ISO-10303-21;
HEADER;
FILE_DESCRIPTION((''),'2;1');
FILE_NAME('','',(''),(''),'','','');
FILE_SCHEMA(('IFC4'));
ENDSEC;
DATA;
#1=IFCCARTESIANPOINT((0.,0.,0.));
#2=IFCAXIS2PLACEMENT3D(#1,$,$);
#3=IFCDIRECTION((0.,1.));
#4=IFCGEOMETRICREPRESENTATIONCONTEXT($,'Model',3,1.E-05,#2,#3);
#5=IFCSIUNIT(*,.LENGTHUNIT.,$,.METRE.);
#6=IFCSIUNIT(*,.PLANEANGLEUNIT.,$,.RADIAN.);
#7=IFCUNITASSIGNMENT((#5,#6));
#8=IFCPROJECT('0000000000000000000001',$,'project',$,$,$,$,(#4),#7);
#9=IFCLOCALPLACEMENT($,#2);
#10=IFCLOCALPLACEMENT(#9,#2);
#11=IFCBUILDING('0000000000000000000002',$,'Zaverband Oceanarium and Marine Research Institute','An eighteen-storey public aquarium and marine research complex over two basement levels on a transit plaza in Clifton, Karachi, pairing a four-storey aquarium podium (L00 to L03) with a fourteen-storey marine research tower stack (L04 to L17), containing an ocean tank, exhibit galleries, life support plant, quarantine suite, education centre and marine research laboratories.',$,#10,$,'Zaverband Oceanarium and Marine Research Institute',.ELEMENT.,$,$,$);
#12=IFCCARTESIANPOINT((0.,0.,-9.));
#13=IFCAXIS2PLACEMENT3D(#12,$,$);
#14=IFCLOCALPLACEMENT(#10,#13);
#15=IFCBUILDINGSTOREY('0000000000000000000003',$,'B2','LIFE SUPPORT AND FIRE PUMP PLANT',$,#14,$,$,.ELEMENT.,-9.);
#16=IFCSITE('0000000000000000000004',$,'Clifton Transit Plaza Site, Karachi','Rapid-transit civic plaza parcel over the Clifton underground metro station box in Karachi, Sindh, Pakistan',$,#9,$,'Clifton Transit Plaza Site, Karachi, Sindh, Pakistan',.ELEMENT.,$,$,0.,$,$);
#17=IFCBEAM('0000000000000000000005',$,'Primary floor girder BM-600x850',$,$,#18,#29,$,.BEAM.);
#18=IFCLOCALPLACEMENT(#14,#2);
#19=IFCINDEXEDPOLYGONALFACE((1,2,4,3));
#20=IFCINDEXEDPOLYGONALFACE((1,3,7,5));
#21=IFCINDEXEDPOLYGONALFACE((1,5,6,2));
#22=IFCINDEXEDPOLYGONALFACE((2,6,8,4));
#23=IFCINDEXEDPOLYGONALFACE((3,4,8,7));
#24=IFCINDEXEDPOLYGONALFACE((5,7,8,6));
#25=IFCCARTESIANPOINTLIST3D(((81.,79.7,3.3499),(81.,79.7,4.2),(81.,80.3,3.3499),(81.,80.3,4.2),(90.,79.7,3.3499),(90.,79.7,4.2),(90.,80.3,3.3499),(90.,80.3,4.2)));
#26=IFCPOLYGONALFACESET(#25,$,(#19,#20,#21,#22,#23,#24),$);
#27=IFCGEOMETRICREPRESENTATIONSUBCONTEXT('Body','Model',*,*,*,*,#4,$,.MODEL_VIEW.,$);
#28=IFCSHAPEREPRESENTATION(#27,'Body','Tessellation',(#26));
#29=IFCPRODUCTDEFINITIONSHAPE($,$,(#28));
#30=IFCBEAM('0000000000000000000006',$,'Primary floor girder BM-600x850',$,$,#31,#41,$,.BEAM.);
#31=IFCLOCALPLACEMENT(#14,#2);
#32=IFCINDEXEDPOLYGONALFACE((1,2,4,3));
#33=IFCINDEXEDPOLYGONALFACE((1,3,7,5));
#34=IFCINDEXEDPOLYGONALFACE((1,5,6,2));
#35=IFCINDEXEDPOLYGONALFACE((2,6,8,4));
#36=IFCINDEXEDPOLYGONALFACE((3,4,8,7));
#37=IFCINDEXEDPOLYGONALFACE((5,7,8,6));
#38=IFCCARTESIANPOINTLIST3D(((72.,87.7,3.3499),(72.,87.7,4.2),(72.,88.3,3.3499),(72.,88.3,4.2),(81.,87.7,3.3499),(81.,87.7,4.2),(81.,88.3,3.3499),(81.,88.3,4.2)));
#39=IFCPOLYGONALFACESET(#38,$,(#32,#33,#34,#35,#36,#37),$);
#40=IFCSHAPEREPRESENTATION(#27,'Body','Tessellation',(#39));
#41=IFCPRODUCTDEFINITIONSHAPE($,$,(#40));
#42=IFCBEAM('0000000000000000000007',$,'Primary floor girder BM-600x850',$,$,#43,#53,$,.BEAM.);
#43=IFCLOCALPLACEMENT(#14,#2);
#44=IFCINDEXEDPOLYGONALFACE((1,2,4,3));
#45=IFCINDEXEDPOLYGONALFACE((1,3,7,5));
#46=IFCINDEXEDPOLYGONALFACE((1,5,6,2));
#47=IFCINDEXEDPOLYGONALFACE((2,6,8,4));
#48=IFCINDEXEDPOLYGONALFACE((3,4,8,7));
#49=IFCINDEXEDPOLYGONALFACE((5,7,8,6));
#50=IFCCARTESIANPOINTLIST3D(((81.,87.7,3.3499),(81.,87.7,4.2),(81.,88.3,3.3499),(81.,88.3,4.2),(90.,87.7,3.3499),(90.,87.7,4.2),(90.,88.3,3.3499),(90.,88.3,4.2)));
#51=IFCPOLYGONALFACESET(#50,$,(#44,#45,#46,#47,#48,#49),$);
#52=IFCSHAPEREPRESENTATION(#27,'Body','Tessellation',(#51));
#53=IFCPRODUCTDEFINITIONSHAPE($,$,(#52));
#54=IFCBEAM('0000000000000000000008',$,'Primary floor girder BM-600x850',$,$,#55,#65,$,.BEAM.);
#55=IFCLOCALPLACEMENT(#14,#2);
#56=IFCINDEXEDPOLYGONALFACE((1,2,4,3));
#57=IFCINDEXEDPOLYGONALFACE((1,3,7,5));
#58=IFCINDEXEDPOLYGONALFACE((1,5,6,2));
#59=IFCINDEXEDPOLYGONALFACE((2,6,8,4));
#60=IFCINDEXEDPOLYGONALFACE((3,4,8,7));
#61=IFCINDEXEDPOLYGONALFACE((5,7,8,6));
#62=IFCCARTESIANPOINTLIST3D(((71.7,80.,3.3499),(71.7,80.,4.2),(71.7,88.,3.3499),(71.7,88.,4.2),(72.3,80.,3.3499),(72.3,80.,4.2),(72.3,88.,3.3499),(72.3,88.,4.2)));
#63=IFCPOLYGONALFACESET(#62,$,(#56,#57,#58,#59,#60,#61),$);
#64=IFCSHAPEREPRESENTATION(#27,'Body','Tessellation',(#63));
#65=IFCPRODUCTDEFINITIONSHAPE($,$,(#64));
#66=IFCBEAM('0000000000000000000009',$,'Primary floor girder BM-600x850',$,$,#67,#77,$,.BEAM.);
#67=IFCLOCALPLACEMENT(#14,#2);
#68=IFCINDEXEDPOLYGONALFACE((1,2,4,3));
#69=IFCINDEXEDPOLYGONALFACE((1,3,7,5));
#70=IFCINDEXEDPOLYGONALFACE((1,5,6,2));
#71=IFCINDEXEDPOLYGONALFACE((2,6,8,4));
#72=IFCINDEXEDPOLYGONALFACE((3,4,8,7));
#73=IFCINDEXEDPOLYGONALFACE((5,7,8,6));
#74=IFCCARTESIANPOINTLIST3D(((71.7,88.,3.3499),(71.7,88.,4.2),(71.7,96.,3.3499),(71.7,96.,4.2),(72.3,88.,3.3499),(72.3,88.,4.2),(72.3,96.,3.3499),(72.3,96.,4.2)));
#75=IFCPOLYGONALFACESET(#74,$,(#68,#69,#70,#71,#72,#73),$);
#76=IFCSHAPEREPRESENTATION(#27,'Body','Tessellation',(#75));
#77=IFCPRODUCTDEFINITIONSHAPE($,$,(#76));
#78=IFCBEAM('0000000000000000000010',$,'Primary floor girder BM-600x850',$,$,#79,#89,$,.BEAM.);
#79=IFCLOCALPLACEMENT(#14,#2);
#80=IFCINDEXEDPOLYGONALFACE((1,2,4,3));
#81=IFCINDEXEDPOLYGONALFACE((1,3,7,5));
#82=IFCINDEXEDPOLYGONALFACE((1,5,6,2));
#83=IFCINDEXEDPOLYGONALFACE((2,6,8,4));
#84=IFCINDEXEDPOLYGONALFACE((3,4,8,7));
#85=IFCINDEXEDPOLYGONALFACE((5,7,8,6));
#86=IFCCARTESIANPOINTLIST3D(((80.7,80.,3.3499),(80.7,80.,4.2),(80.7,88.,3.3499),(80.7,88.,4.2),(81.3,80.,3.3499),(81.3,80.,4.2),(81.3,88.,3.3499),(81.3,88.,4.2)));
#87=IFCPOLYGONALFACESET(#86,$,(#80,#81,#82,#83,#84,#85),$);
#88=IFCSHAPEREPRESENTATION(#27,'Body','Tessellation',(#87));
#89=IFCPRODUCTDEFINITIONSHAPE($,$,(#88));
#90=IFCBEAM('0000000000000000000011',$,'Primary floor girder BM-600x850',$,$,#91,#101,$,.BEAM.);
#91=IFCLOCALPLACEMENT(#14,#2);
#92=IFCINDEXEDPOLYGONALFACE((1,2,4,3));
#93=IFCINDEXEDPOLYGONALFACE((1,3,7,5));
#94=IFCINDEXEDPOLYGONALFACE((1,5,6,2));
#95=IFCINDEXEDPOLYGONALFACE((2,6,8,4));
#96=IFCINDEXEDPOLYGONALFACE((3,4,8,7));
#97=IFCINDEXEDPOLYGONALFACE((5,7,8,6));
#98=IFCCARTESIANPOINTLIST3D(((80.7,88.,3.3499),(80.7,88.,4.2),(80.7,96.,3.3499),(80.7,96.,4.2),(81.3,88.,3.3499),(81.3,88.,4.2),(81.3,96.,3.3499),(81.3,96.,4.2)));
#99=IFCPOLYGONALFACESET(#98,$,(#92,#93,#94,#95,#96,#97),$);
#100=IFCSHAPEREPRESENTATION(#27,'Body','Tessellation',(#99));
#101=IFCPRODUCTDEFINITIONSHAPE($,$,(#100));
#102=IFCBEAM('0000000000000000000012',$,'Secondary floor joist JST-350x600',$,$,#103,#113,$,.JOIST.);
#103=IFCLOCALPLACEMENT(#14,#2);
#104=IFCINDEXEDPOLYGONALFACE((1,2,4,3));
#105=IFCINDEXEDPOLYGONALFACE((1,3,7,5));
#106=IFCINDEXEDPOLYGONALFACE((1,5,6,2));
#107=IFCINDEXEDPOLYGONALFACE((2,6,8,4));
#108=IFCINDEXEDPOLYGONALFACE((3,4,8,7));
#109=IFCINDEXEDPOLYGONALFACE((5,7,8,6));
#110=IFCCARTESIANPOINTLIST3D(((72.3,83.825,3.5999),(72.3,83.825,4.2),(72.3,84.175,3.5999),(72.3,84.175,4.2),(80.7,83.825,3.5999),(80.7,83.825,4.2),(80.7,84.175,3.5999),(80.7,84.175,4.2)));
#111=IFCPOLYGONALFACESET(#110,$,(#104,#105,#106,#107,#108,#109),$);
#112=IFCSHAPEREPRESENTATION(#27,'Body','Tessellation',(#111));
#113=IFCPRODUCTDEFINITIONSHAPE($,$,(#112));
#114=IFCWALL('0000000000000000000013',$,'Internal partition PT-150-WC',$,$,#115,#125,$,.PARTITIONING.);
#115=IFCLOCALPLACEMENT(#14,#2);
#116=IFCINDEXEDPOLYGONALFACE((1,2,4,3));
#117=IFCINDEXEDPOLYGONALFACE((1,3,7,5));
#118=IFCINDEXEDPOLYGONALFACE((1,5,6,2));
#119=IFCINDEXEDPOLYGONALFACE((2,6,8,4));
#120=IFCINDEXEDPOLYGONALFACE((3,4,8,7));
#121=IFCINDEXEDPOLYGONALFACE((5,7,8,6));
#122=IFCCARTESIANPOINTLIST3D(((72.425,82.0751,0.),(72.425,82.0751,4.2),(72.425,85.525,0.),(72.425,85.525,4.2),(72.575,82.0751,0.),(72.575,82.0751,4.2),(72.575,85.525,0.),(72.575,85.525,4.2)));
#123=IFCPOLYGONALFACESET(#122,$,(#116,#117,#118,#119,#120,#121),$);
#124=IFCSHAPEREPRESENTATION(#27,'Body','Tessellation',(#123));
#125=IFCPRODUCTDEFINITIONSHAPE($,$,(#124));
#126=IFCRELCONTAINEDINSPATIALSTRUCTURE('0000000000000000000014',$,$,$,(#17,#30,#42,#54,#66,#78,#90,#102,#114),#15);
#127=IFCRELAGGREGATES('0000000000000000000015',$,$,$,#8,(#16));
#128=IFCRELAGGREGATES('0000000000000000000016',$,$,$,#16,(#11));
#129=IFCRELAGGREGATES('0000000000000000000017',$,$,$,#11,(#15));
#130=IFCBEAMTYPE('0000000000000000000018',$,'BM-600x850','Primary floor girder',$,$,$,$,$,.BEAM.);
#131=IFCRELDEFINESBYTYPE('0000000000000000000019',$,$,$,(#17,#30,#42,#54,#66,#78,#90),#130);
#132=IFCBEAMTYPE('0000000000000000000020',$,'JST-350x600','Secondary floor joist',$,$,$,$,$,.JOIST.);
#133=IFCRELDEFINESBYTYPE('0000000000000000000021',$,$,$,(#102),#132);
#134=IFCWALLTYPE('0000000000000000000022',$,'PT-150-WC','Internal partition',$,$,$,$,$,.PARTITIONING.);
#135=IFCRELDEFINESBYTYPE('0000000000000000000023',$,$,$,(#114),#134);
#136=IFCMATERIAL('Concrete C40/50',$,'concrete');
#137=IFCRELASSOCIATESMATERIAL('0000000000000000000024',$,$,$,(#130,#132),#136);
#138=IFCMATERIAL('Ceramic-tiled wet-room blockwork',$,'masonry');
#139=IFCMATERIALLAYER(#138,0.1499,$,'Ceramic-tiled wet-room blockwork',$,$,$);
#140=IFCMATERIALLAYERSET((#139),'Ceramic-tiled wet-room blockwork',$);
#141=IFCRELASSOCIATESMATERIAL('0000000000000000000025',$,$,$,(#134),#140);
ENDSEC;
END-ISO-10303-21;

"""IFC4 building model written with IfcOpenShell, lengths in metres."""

from ifc_helpers import new_model, si_unit, direction, frame, frame_2d, origin, origin_2d, place, context, subcontext, project, spatial, rectangle, extrude, material, layer, layer_set, material_profile, profile_set, type_object, element, save


model = new_model("IFC4")

# Units and contexts
model_context = context("Model", 3, precision=1e-05, world=origin(), true_north=direction((0.0, 1.0)))
body_context = subcontext(model_context, "Body", "Model", "MODEL_VIEW")
ifc_project = project(units=[si_unit("LENGTHUNIT", "METRE"), si_unit("PLANEANGLEUNIT", "RADIAN")], contexts=[model_context])

# Site, building, storey
site_placement = place(None, origin())
site = spatial("IfcSite", under=ifc_project, at=site_placement, Name="Clifton Transit Plaza Site, Karachi", Description="Rapid-transit civic plaza parcel over the Clifton underground metro station box in Karachi, Sindh, Pakistan", LongName="Clifton Transit Plaza Site, Karachi, Sindh, Pakistan", CompositionType="ELEMENT", RefElevation=0.0)
building_placement = place(site_placement, origin())
building = spatial("IfcBuilding", under=site, at=building_placement, Name="Zaverband Oceanarium and Marine Research Institute", Description="An eighteen-storey public aquarium and marine research complex over two basement levels on a transit plaza in Clifton, Karachi, pairing a four-storey aquarium podium (L00 to L03) with a fourteen-storey marine research tower stack (L04 to L17), containing an ocean tank, exhibit galleries, life support plant, quarantine suite, education centre and marine research laboratories.", LongName="Zaverband Oceanarium and Marine Research Institute", CompositionType="ELEMENT")
storey_placement = place(building_placement, frame((0.0, 0.0, -9.0)))
storey = spatial("IfcBuildingStorey", under=building, at=storey_placement, Name="B2", Description="LIFE SUPPORT AND FIRE PUMP PLANT", CompositionType="ELEMENT", Elevation=-9.0)

# Beams
ifc_material_1 = material(Name="Concrete C40/50", Category="concrete")
ifc_material_profile_1 = material_profile(ifc_material_1, rectangle(XDim=0.6001, YDim=0.8501, at=origin_2d()), Name="RC600x850")
ifc_profile_set_1 = profile_set([ifc_material_profile_1], Name="Concrete C40/50")
beam_type_1 = type_object("IfcBeamType", Name="BM-600x850", Description="Primary floor girder", PredefinedType="BEAM", material=ifc_profile_set_1)
for number, where, z_axis, x_axis, name in (
    (1, (81.0, 80.0, 3.7749), (1.0, 0.0, 0.0), (0.0, 1.0, 0.0), "Primary floor girder BM-600x850"),
    (2, (72.0, 88.0, 3.7749), (1.0, 0.0, 0.0), (0.0, 1.0, 0.0), "Primary floor girder BM-600x850"),
    (3, (81.0, 88.0, 3.7749), (1.0, 0.0, 0.0), (0.0, 1.0, 0.0), "Primary floor girder BM-600x850"),
):
    element("IfcBeam", number, at=place(storey_placement, frame(where, z_axis=z_axis, x_axis=x_axis)), inside=storey, type_object=beam_type_1, Name=name, PredefinedType="BEAM", context=body_context, shape_type="SweptSolid", body=[
        extrude(rectangle(XDim=0.6001, YDim=0.8501, at=origin_2d()), origin(), (0.0, 0.0, 1.0), 9.0),
    ])
for number, where, z_axis, x_axis, name in (
    (4, (72.0, 80.0, 3.7749), (0.0, 1.0, 0.0), (-1.0, 0.0, 0.0), "Primary floor girder BM-600x850"),
    (5, (72.0, 88.0, 3.7749), (0.0, 1.0, 0.0), (-1.0, 0.0, 0.0), "Primary floor girder BM-600x850"),
    (6, (81.0, 80.0, 3.7749), (0.0, 1.0, 0.0), (-1.0, 0.0, 0.0), "Primary floor girder BM-600x850"),
    (7, (81.0, 88.0, 3.7749), (0.0, 1.0, 0.0), (-1.0, 0.0, 0.0), "Primary floor girder BM-600x850"),
):
    element("IfcBeam", number, at=place(storey_placement, frame(where, z_axis=z_axis, x_axis=x_axis)), inside=storey, type_object=beam_type_1, Name=name, PredefinedType="BEAM", context=body_context, shape_type="SweptSolid", body=[
        extrude(rectangle(XDim=0.6001, YDim=0.8501, at=origin_2d()), origin(), (0.0, 0.0, 1.0), 8.0),
    ])
ifc_material_profile_2 = material_profile(ifc_material_1, rectangle(XDim=0.3501, YDim=0.6001, at=origin_2d()), Name="RC350x600")
ifc_profile_set_2 = profile_set([ifc_material_profile_2], Name="Concrete C40/50")
beam_type_2 = type_object("IfcBeamType", Name="JST-350x600", Description="Secondary floor joist", PredefinedType="JOIST", material=ifc_profile_set_2)
beam_placement = place(storey_placement, frame((72.3, 84.0, 3.8999), z_axis=(1.0, 0.0, 0.0), x_axis=(0.0, 1.0, 0.0)))
element("IfcBeam", 8, at=beam_placement, inside=storey, type_object=beam_type_2, Name="Secondary floor joist JST-350x600", PredefinedType="JOIST", context=body_context, shape_type="SweptSolid", body=[
    extrude(rectangle(XDim=0.3501, YDim=0.6001, at=origin_2d()), origin(), (0.0, 0.0, 1.0), 8.3999),
])

# Wall
ifc_material_2 = material(Name="Ceramic-tiled wet-room blockwork", Category="masonry")
ifc_layer_1 = layer(ifc_material_2, 0.1499, Name="Ceramic-tiled wet-room blockwork")
ifc_layer_set_1 = layer_set([ifc_layer_1], Name="Ceramic-tiled wet-room blockwork")
wall_type = type_object("IfcWallType", Name="PT-150-WC", Description="Internal partition", PredefinedType="PARTITIONING", material=ifc_layer_set_1)
wall_placement = place(storey_placement, frame((72.5, 82.075, 0.0), z_axis=(0.0, 0.0, 1.0), x_axis=(0.0, 1.0, 0.0)))
element("IfcWall", 9, at=wall_placement, inside=storey, type_object=wall_type, Name="Internal partition PT-150-WC", PredefinedType="PARTITIONING", context=body_context, shape_type="SweptSolid", body=[
    extrude(rectangle(XDim=3.45, YDim=0.1499, at=frame_2d((1.7251, 0.0))), origin(), (0.0, 0.0, 1.0), 4.2),
])

save(model, "model.ifc")
